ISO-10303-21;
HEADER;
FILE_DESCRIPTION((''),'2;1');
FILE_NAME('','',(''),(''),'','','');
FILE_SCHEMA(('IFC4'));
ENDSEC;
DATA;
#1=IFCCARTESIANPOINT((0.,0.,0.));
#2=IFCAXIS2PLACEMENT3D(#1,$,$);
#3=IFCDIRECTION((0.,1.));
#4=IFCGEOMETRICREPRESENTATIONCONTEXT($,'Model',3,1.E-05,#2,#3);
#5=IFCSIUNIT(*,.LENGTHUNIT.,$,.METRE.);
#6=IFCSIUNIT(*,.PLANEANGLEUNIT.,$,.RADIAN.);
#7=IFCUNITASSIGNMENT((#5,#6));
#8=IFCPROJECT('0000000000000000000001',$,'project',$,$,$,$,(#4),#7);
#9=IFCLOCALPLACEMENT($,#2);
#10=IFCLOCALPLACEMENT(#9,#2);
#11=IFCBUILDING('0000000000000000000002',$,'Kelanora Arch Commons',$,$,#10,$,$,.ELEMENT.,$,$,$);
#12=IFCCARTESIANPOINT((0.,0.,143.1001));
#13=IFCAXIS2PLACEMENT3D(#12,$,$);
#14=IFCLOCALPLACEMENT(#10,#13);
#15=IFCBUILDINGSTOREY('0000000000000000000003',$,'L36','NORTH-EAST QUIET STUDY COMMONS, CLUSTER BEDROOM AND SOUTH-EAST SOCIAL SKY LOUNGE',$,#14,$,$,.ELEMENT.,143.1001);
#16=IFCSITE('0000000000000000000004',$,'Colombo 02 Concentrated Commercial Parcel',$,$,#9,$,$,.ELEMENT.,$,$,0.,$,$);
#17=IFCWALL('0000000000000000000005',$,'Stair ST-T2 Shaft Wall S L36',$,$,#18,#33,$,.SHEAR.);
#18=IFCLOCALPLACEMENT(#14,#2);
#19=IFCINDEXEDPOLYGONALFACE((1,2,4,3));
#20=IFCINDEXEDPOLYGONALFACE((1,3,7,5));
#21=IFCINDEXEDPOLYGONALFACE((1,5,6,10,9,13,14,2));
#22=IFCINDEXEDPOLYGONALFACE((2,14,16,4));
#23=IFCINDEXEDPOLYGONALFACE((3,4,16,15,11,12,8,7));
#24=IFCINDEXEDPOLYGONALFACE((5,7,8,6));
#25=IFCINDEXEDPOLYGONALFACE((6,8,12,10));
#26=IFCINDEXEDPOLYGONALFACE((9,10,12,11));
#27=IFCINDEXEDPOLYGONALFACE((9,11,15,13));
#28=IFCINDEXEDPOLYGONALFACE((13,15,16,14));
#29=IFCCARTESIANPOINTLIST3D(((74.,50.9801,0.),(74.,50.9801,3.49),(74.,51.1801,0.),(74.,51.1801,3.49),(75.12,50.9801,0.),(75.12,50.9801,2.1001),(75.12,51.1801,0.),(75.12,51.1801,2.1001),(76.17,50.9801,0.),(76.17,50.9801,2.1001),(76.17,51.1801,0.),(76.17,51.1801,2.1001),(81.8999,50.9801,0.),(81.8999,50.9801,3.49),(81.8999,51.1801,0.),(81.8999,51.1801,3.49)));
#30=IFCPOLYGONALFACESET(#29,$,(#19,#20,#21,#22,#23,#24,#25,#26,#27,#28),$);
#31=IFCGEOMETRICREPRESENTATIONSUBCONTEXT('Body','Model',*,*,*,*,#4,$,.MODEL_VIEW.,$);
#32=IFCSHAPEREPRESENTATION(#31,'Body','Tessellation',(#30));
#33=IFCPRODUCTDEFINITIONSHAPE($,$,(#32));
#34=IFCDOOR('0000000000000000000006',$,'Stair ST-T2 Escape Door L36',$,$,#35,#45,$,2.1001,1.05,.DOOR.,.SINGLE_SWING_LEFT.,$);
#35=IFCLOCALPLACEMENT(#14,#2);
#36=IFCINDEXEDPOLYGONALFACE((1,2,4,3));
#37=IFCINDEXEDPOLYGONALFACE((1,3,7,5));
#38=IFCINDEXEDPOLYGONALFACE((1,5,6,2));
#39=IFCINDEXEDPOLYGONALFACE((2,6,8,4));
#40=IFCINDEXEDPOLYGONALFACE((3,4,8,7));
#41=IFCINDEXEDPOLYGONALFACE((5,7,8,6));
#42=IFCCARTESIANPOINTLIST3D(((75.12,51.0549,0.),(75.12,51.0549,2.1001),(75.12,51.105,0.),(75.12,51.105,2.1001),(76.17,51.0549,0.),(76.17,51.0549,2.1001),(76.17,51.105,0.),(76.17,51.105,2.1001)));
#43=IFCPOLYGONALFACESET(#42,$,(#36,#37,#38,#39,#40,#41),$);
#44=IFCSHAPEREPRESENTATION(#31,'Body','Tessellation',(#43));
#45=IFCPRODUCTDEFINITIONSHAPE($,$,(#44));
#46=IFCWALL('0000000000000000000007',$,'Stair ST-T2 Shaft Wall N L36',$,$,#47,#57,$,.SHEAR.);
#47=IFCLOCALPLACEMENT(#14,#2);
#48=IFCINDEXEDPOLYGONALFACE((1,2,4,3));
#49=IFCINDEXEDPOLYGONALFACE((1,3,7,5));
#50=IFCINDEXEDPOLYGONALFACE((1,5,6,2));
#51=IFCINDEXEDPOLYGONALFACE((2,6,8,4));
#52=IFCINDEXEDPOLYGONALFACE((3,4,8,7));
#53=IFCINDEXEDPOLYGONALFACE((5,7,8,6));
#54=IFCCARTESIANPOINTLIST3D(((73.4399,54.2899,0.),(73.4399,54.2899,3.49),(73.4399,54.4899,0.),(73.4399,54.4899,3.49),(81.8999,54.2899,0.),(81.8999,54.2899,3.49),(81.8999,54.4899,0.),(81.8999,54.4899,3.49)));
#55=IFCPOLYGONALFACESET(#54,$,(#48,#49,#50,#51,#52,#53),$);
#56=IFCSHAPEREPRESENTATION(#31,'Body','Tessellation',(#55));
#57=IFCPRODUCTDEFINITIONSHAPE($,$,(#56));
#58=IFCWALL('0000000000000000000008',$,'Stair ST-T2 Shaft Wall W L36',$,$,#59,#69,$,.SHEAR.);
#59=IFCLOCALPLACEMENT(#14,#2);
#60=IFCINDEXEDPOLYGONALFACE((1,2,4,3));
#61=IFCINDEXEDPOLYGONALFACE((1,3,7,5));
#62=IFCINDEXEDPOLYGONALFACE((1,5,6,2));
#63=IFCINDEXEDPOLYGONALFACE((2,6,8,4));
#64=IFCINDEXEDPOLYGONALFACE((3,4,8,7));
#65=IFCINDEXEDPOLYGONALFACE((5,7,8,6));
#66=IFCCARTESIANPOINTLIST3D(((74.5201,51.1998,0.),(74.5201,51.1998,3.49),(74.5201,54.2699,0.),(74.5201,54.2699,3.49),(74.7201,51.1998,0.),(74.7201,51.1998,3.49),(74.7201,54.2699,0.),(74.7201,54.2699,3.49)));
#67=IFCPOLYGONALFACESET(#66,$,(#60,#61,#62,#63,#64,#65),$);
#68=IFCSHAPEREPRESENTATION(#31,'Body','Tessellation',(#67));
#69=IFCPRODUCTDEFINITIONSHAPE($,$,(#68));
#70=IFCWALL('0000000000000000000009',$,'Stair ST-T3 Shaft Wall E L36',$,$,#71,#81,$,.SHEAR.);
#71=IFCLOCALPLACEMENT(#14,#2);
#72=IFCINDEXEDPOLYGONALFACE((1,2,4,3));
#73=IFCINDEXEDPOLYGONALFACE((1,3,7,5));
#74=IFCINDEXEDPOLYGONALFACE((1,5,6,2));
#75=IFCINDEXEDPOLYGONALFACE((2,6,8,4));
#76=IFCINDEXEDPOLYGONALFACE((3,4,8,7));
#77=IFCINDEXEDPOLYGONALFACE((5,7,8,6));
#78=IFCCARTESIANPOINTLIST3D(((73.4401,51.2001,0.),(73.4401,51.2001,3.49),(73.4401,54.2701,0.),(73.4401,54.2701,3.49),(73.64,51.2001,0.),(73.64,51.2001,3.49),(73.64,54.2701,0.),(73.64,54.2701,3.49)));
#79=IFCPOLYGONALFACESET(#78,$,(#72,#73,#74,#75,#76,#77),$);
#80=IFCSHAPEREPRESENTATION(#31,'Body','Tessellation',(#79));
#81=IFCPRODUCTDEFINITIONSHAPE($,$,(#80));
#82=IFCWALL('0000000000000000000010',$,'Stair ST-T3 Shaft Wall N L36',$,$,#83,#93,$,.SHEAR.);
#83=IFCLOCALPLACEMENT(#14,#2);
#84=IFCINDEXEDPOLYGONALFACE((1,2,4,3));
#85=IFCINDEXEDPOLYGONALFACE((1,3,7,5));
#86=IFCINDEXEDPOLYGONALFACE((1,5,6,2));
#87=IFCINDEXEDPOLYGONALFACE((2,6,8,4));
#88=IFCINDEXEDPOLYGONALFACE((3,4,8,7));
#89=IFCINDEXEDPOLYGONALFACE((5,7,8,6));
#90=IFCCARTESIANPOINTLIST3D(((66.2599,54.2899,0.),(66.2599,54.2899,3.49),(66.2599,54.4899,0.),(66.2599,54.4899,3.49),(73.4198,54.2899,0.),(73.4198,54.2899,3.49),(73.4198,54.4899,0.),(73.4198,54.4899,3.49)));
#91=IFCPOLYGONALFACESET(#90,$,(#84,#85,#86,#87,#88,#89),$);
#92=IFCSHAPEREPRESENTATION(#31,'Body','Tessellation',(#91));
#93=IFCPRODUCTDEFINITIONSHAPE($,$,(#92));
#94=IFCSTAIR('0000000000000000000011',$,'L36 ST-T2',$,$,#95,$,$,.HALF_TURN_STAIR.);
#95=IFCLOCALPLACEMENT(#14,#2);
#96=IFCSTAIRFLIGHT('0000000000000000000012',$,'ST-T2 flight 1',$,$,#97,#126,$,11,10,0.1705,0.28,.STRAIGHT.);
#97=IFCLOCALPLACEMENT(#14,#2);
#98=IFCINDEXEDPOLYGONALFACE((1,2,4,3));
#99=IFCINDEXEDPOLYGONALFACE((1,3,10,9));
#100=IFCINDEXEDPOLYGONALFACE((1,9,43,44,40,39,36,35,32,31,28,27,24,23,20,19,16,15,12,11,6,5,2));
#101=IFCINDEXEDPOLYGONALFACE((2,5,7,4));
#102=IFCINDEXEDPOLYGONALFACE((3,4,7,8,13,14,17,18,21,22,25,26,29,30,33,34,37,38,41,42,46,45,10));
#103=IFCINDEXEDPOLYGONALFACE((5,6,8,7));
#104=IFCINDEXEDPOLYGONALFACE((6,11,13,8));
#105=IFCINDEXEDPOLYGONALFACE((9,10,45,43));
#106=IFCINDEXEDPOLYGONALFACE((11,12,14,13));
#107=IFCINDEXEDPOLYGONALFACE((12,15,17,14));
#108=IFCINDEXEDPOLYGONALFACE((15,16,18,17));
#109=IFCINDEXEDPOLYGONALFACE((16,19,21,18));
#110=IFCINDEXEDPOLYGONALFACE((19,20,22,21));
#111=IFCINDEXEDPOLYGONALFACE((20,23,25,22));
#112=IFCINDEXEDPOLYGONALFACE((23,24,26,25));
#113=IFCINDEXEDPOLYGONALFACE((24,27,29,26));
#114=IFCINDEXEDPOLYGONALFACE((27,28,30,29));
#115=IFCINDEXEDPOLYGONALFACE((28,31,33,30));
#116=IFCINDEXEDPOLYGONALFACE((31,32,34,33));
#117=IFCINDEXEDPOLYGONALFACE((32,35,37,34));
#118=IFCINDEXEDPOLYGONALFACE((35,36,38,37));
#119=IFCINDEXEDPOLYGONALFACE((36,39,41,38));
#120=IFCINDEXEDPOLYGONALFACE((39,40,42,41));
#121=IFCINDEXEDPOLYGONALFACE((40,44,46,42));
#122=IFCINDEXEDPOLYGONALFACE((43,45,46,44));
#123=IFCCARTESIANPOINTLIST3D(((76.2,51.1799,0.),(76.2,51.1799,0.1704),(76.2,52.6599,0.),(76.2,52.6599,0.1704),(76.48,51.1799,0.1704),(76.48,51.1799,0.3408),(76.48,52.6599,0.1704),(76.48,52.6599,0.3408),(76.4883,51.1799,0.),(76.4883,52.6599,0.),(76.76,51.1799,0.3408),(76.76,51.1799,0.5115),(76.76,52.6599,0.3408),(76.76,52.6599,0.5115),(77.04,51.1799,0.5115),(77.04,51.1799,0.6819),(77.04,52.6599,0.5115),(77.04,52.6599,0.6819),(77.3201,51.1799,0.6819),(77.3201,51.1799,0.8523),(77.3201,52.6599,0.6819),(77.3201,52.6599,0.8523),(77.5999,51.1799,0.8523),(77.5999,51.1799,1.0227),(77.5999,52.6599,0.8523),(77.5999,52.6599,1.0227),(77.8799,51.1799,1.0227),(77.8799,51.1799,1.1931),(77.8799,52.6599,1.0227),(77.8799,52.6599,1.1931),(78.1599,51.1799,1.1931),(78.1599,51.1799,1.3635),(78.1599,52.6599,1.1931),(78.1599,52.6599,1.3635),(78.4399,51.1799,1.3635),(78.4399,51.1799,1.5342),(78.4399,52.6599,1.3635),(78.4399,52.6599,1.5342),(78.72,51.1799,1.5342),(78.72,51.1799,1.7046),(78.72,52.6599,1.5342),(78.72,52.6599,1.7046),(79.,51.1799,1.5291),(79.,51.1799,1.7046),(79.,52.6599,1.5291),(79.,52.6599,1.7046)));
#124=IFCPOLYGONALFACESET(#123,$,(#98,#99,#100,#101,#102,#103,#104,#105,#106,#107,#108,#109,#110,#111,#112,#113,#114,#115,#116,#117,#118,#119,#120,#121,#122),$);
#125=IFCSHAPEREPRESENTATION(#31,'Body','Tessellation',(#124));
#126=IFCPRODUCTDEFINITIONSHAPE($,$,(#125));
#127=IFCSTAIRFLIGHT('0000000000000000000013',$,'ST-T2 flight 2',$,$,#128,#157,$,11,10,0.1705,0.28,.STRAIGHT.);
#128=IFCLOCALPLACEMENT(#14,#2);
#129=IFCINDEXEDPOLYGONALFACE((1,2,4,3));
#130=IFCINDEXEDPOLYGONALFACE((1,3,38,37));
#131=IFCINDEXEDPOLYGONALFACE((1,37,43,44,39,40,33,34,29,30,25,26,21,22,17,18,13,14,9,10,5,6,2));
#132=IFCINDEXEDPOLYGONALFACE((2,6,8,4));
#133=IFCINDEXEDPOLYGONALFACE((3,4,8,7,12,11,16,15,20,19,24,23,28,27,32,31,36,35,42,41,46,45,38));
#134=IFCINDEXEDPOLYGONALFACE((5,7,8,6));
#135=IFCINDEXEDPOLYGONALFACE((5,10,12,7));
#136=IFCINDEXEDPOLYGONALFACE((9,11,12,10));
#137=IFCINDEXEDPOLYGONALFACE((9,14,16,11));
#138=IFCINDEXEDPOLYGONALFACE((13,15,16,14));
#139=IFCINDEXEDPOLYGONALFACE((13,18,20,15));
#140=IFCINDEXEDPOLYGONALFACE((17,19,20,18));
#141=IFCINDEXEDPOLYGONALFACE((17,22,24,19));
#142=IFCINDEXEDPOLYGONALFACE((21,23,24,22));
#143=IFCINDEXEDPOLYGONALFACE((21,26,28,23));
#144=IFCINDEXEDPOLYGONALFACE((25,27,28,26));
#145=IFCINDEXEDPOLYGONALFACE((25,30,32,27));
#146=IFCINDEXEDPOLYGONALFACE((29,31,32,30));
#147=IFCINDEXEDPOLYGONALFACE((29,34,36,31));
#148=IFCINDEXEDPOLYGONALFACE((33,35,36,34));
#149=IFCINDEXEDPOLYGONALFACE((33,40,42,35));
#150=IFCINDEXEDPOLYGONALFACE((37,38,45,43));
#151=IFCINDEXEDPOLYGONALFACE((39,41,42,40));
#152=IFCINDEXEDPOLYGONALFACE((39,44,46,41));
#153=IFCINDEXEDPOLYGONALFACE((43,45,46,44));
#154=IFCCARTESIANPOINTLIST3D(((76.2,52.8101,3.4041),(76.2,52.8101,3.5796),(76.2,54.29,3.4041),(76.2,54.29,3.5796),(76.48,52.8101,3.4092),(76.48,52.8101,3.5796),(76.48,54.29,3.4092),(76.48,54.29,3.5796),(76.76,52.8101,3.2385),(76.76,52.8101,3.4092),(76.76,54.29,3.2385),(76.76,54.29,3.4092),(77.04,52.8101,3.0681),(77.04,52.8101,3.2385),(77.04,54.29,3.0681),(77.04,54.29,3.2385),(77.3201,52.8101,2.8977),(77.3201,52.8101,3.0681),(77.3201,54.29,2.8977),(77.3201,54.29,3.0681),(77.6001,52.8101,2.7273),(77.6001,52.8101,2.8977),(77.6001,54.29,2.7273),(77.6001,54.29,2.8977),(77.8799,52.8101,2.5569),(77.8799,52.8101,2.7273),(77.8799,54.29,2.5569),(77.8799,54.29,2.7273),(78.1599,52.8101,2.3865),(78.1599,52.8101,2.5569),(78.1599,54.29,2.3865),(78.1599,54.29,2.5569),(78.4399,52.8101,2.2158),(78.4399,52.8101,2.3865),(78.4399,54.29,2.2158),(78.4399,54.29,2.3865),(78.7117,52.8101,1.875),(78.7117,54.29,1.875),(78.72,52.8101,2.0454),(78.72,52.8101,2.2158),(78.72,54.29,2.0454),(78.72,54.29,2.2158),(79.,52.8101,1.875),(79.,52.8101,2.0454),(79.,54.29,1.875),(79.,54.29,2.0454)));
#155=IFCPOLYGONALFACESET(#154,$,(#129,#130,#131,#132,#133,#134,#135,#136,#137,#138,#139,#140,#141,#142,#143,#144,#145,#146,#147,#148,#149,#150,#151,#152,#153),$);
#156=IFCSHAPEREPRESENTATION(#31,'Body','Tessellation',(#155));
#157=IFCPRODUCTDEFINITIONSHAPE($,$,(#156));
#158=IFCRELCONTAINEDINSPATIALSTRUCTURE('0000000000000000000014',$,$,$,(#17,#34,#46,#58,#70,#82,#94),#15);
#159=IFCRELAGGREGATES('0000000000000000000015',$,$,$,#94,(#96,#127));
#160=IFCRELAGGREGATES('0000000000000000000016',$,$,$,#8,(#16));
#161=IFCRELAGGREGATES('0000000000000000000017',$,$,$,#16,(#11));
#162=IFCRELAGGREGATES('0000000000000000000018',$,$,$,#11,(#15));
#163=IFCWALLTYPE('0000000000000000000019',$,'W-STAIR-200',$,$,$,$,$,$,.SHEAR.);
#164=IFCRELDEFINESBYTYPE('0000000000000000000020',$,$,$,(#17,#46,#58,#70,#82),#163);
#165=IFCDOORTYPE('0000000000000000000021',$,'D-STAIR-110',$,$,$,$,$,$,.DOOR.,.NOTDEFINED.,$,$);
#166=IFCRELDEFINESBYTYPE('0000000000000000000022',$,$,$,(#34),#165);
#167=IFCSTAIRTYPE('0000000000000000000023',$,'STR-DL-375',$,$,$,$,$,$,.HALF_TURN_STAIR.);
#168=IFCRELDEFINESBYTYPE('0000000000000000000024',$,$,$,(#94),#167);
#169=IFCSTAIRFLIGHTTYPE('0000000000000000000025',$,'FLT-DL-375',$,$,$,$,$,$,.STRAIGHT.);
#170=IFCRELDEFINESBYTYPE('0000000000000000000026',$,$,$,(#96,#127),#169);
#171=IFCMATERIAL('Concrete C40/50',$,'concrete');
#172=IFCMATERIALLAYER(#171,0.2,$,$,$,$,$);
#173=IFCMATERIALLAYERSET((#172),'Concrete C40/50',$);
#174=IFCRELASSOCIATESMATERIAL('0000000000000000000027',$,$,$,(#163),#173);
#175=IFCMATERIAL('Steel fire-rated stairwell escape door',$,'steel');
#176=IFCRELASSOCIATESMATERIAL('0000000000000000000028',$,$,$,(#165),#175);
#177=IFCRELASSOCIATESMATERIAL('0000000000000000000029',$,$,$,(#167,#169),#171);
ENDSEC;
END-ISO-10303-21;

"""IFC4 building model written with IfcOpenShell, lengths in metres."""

from ifc_helpers import new_model, si_unit, direction, frame, frame_2d, origin, place, context, subcontext, project, spatial, polyline, rectangle, outline, extrude, material, layer, layer_set, type_object, element, fill, aggregate, save


model = new_model("IFC4")

# Units and contexts
model_context = context("Model", 3, precision=1e-05, world=origin(), true_north=direction((0.0, 1.0)))
body_context = subcontext(model_context, "Body", "Model", "MODEL_VIEW")
ifc_project = project(units=[si_unit("LENGTHUNIT", "METRE"), si_unit("PLANEANGLEUNIT", "RADIAN")], contexts=[model_context])

# Site, building, storey
site_placement = place(None, origin())
site = spatial("IfcSite", under=ifc_project, at=site_placement, Name="Colombo 02 Concentrated Commercial Parcel", CompositionType="ELEMENT", RefElevation=0.0)
building_placement = place(site_placement, origin())
building = spatial("IfcBuilding", under=site, at=building_placement, Name="Kelanora Arch Commons", CompositionType="ELEMENT")
storey_placement = place(building_placement, frame((0.0, 0.0, 143.1001)))
storey = spatial("IfcBuildingStorey", under=building, at=storey_placement, Name="L36", Description="NORTH-EAST QUIET STUDY COMMONS, CLUSTER BEDROOM AND SOUTH-EAST SOCIAL SKY LOUNGE", CompositionType="ELEMENT", Elevation=143.1001)

# Wall, opening, door
ifc_material_1 = material(Name="Concrete C40/50", Category="concrete")
ifc_layer_1 = layer(ifc_material_1, 0.2)
ifc_layer_set_1 = layer_set([ifc_layer_1], Name="Concrete C40/50")
wall_type_1 = type_object("IfcWallType", Name="W-STAIR-200", PredefinedType="SHEAR", material=ifc_layer_set_1)
wall_1_placement = place(storey_placement, frame((74.0, 51.0801, 0.0), z_axis=(0.0, 0.0, 1.0), x_axis=(1.0, 0.0, 0.0)))
wall_1 = element("IfcWall", 1, at=wall_1_placement, inside=storey, type_object=wall_type_1, Name="Stair ST-T2 Shaft Wall S L36", PredefinedType="SHEAR", context=body_context, shape_type="SweptSolid", body=[
    extrude(rectangle(XDim=7.8999, YDim=0.2, at=frame_2d((3.95, 0.0))), origin(), (0.0, 0.0, 1.0), 3.49),
])
opening_placement = place(wall_1_placement, frame((1.1201, 0.0, 0.0)))
opening = element("IfcOpeningElement", 2, at=opening_placement, cuts=wall_1, PredefinedType="OPENING", context=body_context, shape_type="SweptSolid", body=[
    extrude(rectangle(XDim=1.05, YDim=2.1001, at=frame_2d((0.5249, 1.05))), frame((0.0, 0.1099, 0.0), z_axis=(0.0, -1.0, 0.0), x_axis=(1.0, 0.0, 0.0)), (0.0, 0.0, 1.0), 0.22),
])
ifc_material_2 = material(Name="Steel fire-rated stairwell escape door", Category="steel")
door_type = type_object("IfcDoorType", Name="D-STAIR-110", OperationType="NOTDEFINED", PredefinedType="DOOR", material=ifc_material_2)
door_placement = place(opening_placement, origin())
door = element("IfcDoor", 3, at=door_placement, inside=storey, type_object=door_type, Name="Stair ST-T2 Escape Door L36", OperationType="SINGLE_SWING_LEFT", OverallHeight=2.1001, OverallWidth=1.05, PredefinedType="DOOR", context=body_context, shape_type="SweptSolid", body=[
    extrude(rectangle(XDim=1.05, YDim=2.1001, at=frame_2d((0.5249, 1.05))), frame((0.0, 0.0249, 0.0), z_axis=(0.0, -1.0, 0.0), x_axis=(1.0, 0.0, 0.0)), (0.0, 0.0, 1.0), 0.05),
])
fill(opening, door)

# Walls
wall_2_placement = place(storey_placement, frame((81.8999, 54.3899, 0.0), z_axis=(0.0, 0.0, 1.0), x_axis=(-1.0, 0.0, 0.0)))
element("IfcWall", 4, at=wall_2_placement, inside=storey, type_object=wall_type_1, Name="Stair ST-T2 Shaft Wall N L36", PredefinedType="SHEAR", context=body_context, shape_type="SweptSolid", body=[
    extrude(rectangle(XDim=8.46, YDim=0.2, at=frame_2d((4.23, 0.0))), origin(), (0.0, 0.0, 1.0), 3.49),
])
for number, where, z_axis, x_axis, name in (
    (5, (74.6201, 54.27, 0.0), (0.0, 0.0, 1.0), (0.0, -1.0, 0.0), "Stair ST-T2 Shaft Wall W L36"),
    (6, (73.54, 51.2, 0.0), (0.0, 0.0, 1.0), (0.0, 1.0, 0.0), "Stair ST-T3 Shaft Wall E L36"),
):
    element("IfcWall", number, at=place(storey_placement, frame(where, z_axis=z_axis, x_axis=x_axis)), inside=storey, type_object=wall_type_1, Name=name, PredefinedType="SHEAR", context=body_context, shape_type="SweptSolid", body=[
        extrude(rectangle(XDim=3.0701, YDim=0.2, at=frame_2d((1.5352, 0.0))), origin(), (0.0, 0.0, 1.0), 3.49),
    ])
wall_3_placement = place(storey_placement, frame((73.4199, 54.3899, 0.0), z_axis=(0.0, 0.0, 1.0), x_axis=(-1.0, 0.0, 0.0)))
element("IfcWall", 7, at=wall_3_placement, inside=storey, type_object=wall_type_1, Name="Stair ST-T3 Shaft Wall N L36", PredefinedType="SHEAR", context=body_context, shape_type="SweptSolid", body=[
    extrude(rectangle(XDim=7.1599, YDim=0.2, at=frame_2d((3.5801, 0.0))), origin(), (0.0, 0.0, 1.0), 3.49),
])

# Stair, stair flights
stair_type = type_object("IfcStairType", Name="STR-DL-375", PredefinedType="HALF_TURN_STAIR", material=ifc_material_1)
stair_1_placement = place(storey_placement, origin())
stair_1 = element("IfcStair", 8, at=stair_1_placement, inside=storey, type_object=stair_type, Name="L36 ST-T2", PredefinedType="HALF_TURN_STAIR")
stair_flight_type = type_object("IfcStairFlightType", Name="FLT-DL-375", PredefinedType="STRAIGHT", material=ifc_material_1)
stair_flight_1_placement = place(storey_placement, frame((76.2, 51.9199, 0.0), z_axis=(0.0, 0.0, 1.0), x_axis=(1.0, 0.0, 0.0)))
stair_flight_1 = element("IfcStairFlight", 9, at=stair_flight_1_placement, type_object=stair_flight_type, Name="ST-T2 flight 1", NumberOfRisers=11, NumberOfTreads=10, PredefinedType="STRAIGHT", RiserHeight=0.1705, TreadLength=0.28, context=body_context, shape_type="SweptSolid", body=[
    extrude(outline(polyline([(0.0, 0.0), (0.0, 0.1704), (0.28, 0.1704), (0.28, 0.3408), (0.5601, 0.3408), (0.5601, 0.5115), (0.8401, 0.5115), (0.8401, 0.6819), (1.1201, 0.6819), (1.1201, 0.8523), (1.3999, 0.8523), (1.3999, 1.0227), (1.6799, 1.0227), (1.6799, 1.1931), (1.96, 1.1931), (1.96, 1.3635), (2.24, 1.3635), (2.24, 1.5342), (2.52, 1.5342), (2.52, 1.7046), (2.8, 1.7046), (2.8, 1.875), (2.8, 1.5291), (0.2883, 0.0), (0.0, 0.0)])), frame((0.0, 0.74, 0.0), z_axis=(0.0, -1.0, 0.0), x_axis=(1.0, 0.0, 0.0)), (0.0, 0.0, 1.0), 1.48),
])
stair_flight_2_placement = place(storey_placement, frame((79.0, 53.55, 1.875), z_axis=(0.0, 0.0, 1.0), x_axis=(-1.0, 0.0, 0.0)))
stair_flight_2 = element("IfcStairFlight", 10, at=stair_flight_2_placement, type_object=stair_flight_type, Name="ST-T2 flight 2", NumberOfRisers=11, NumberOfTreads=10, PredefinedType="STRAIGHT", RiserHeight=0.1705, TreadLength=0.28, context=body_context, shape_type="SweptSolid", body=[
    extrude(outline(polyline([(0.0, 0.0), (0.0, 0.1704), (0.28, 0.1704), (0.28, 0.3408), (0.5601, 0.3408), (0.5601, 0.5115), (0.8401, 0.5115), (0.8401, 0.6819), (1.1201, 0.6819), (1.1201, 0.8523), (1.3999, 0.8523), (1.3999, 1.0227), (1.6799, 1.0227), (1.6799, 1.1931), (1.96, 1.1931), (1.96, 1.3635), (2.24, 1.3635), (2.24, 1.5342), (2.52, 1.5342), (2.52, 1.7046), (2.8, 1.7046), (2.8, 1.875), (2.8, 1.5291), (0.2883, 0.0), (0.0, 0.0)])), frame((0.0, 0.74, 0.0), z_axis=(0.0, -1.0, 0.0), x_axis=(1.0, 0.0, 0.0)), (0.0, 0.0, 1.0), 1.48),
])
aggregate(stair_1, [stair_flight_1, stair_flight_2])

save(model, "model.ifc")
